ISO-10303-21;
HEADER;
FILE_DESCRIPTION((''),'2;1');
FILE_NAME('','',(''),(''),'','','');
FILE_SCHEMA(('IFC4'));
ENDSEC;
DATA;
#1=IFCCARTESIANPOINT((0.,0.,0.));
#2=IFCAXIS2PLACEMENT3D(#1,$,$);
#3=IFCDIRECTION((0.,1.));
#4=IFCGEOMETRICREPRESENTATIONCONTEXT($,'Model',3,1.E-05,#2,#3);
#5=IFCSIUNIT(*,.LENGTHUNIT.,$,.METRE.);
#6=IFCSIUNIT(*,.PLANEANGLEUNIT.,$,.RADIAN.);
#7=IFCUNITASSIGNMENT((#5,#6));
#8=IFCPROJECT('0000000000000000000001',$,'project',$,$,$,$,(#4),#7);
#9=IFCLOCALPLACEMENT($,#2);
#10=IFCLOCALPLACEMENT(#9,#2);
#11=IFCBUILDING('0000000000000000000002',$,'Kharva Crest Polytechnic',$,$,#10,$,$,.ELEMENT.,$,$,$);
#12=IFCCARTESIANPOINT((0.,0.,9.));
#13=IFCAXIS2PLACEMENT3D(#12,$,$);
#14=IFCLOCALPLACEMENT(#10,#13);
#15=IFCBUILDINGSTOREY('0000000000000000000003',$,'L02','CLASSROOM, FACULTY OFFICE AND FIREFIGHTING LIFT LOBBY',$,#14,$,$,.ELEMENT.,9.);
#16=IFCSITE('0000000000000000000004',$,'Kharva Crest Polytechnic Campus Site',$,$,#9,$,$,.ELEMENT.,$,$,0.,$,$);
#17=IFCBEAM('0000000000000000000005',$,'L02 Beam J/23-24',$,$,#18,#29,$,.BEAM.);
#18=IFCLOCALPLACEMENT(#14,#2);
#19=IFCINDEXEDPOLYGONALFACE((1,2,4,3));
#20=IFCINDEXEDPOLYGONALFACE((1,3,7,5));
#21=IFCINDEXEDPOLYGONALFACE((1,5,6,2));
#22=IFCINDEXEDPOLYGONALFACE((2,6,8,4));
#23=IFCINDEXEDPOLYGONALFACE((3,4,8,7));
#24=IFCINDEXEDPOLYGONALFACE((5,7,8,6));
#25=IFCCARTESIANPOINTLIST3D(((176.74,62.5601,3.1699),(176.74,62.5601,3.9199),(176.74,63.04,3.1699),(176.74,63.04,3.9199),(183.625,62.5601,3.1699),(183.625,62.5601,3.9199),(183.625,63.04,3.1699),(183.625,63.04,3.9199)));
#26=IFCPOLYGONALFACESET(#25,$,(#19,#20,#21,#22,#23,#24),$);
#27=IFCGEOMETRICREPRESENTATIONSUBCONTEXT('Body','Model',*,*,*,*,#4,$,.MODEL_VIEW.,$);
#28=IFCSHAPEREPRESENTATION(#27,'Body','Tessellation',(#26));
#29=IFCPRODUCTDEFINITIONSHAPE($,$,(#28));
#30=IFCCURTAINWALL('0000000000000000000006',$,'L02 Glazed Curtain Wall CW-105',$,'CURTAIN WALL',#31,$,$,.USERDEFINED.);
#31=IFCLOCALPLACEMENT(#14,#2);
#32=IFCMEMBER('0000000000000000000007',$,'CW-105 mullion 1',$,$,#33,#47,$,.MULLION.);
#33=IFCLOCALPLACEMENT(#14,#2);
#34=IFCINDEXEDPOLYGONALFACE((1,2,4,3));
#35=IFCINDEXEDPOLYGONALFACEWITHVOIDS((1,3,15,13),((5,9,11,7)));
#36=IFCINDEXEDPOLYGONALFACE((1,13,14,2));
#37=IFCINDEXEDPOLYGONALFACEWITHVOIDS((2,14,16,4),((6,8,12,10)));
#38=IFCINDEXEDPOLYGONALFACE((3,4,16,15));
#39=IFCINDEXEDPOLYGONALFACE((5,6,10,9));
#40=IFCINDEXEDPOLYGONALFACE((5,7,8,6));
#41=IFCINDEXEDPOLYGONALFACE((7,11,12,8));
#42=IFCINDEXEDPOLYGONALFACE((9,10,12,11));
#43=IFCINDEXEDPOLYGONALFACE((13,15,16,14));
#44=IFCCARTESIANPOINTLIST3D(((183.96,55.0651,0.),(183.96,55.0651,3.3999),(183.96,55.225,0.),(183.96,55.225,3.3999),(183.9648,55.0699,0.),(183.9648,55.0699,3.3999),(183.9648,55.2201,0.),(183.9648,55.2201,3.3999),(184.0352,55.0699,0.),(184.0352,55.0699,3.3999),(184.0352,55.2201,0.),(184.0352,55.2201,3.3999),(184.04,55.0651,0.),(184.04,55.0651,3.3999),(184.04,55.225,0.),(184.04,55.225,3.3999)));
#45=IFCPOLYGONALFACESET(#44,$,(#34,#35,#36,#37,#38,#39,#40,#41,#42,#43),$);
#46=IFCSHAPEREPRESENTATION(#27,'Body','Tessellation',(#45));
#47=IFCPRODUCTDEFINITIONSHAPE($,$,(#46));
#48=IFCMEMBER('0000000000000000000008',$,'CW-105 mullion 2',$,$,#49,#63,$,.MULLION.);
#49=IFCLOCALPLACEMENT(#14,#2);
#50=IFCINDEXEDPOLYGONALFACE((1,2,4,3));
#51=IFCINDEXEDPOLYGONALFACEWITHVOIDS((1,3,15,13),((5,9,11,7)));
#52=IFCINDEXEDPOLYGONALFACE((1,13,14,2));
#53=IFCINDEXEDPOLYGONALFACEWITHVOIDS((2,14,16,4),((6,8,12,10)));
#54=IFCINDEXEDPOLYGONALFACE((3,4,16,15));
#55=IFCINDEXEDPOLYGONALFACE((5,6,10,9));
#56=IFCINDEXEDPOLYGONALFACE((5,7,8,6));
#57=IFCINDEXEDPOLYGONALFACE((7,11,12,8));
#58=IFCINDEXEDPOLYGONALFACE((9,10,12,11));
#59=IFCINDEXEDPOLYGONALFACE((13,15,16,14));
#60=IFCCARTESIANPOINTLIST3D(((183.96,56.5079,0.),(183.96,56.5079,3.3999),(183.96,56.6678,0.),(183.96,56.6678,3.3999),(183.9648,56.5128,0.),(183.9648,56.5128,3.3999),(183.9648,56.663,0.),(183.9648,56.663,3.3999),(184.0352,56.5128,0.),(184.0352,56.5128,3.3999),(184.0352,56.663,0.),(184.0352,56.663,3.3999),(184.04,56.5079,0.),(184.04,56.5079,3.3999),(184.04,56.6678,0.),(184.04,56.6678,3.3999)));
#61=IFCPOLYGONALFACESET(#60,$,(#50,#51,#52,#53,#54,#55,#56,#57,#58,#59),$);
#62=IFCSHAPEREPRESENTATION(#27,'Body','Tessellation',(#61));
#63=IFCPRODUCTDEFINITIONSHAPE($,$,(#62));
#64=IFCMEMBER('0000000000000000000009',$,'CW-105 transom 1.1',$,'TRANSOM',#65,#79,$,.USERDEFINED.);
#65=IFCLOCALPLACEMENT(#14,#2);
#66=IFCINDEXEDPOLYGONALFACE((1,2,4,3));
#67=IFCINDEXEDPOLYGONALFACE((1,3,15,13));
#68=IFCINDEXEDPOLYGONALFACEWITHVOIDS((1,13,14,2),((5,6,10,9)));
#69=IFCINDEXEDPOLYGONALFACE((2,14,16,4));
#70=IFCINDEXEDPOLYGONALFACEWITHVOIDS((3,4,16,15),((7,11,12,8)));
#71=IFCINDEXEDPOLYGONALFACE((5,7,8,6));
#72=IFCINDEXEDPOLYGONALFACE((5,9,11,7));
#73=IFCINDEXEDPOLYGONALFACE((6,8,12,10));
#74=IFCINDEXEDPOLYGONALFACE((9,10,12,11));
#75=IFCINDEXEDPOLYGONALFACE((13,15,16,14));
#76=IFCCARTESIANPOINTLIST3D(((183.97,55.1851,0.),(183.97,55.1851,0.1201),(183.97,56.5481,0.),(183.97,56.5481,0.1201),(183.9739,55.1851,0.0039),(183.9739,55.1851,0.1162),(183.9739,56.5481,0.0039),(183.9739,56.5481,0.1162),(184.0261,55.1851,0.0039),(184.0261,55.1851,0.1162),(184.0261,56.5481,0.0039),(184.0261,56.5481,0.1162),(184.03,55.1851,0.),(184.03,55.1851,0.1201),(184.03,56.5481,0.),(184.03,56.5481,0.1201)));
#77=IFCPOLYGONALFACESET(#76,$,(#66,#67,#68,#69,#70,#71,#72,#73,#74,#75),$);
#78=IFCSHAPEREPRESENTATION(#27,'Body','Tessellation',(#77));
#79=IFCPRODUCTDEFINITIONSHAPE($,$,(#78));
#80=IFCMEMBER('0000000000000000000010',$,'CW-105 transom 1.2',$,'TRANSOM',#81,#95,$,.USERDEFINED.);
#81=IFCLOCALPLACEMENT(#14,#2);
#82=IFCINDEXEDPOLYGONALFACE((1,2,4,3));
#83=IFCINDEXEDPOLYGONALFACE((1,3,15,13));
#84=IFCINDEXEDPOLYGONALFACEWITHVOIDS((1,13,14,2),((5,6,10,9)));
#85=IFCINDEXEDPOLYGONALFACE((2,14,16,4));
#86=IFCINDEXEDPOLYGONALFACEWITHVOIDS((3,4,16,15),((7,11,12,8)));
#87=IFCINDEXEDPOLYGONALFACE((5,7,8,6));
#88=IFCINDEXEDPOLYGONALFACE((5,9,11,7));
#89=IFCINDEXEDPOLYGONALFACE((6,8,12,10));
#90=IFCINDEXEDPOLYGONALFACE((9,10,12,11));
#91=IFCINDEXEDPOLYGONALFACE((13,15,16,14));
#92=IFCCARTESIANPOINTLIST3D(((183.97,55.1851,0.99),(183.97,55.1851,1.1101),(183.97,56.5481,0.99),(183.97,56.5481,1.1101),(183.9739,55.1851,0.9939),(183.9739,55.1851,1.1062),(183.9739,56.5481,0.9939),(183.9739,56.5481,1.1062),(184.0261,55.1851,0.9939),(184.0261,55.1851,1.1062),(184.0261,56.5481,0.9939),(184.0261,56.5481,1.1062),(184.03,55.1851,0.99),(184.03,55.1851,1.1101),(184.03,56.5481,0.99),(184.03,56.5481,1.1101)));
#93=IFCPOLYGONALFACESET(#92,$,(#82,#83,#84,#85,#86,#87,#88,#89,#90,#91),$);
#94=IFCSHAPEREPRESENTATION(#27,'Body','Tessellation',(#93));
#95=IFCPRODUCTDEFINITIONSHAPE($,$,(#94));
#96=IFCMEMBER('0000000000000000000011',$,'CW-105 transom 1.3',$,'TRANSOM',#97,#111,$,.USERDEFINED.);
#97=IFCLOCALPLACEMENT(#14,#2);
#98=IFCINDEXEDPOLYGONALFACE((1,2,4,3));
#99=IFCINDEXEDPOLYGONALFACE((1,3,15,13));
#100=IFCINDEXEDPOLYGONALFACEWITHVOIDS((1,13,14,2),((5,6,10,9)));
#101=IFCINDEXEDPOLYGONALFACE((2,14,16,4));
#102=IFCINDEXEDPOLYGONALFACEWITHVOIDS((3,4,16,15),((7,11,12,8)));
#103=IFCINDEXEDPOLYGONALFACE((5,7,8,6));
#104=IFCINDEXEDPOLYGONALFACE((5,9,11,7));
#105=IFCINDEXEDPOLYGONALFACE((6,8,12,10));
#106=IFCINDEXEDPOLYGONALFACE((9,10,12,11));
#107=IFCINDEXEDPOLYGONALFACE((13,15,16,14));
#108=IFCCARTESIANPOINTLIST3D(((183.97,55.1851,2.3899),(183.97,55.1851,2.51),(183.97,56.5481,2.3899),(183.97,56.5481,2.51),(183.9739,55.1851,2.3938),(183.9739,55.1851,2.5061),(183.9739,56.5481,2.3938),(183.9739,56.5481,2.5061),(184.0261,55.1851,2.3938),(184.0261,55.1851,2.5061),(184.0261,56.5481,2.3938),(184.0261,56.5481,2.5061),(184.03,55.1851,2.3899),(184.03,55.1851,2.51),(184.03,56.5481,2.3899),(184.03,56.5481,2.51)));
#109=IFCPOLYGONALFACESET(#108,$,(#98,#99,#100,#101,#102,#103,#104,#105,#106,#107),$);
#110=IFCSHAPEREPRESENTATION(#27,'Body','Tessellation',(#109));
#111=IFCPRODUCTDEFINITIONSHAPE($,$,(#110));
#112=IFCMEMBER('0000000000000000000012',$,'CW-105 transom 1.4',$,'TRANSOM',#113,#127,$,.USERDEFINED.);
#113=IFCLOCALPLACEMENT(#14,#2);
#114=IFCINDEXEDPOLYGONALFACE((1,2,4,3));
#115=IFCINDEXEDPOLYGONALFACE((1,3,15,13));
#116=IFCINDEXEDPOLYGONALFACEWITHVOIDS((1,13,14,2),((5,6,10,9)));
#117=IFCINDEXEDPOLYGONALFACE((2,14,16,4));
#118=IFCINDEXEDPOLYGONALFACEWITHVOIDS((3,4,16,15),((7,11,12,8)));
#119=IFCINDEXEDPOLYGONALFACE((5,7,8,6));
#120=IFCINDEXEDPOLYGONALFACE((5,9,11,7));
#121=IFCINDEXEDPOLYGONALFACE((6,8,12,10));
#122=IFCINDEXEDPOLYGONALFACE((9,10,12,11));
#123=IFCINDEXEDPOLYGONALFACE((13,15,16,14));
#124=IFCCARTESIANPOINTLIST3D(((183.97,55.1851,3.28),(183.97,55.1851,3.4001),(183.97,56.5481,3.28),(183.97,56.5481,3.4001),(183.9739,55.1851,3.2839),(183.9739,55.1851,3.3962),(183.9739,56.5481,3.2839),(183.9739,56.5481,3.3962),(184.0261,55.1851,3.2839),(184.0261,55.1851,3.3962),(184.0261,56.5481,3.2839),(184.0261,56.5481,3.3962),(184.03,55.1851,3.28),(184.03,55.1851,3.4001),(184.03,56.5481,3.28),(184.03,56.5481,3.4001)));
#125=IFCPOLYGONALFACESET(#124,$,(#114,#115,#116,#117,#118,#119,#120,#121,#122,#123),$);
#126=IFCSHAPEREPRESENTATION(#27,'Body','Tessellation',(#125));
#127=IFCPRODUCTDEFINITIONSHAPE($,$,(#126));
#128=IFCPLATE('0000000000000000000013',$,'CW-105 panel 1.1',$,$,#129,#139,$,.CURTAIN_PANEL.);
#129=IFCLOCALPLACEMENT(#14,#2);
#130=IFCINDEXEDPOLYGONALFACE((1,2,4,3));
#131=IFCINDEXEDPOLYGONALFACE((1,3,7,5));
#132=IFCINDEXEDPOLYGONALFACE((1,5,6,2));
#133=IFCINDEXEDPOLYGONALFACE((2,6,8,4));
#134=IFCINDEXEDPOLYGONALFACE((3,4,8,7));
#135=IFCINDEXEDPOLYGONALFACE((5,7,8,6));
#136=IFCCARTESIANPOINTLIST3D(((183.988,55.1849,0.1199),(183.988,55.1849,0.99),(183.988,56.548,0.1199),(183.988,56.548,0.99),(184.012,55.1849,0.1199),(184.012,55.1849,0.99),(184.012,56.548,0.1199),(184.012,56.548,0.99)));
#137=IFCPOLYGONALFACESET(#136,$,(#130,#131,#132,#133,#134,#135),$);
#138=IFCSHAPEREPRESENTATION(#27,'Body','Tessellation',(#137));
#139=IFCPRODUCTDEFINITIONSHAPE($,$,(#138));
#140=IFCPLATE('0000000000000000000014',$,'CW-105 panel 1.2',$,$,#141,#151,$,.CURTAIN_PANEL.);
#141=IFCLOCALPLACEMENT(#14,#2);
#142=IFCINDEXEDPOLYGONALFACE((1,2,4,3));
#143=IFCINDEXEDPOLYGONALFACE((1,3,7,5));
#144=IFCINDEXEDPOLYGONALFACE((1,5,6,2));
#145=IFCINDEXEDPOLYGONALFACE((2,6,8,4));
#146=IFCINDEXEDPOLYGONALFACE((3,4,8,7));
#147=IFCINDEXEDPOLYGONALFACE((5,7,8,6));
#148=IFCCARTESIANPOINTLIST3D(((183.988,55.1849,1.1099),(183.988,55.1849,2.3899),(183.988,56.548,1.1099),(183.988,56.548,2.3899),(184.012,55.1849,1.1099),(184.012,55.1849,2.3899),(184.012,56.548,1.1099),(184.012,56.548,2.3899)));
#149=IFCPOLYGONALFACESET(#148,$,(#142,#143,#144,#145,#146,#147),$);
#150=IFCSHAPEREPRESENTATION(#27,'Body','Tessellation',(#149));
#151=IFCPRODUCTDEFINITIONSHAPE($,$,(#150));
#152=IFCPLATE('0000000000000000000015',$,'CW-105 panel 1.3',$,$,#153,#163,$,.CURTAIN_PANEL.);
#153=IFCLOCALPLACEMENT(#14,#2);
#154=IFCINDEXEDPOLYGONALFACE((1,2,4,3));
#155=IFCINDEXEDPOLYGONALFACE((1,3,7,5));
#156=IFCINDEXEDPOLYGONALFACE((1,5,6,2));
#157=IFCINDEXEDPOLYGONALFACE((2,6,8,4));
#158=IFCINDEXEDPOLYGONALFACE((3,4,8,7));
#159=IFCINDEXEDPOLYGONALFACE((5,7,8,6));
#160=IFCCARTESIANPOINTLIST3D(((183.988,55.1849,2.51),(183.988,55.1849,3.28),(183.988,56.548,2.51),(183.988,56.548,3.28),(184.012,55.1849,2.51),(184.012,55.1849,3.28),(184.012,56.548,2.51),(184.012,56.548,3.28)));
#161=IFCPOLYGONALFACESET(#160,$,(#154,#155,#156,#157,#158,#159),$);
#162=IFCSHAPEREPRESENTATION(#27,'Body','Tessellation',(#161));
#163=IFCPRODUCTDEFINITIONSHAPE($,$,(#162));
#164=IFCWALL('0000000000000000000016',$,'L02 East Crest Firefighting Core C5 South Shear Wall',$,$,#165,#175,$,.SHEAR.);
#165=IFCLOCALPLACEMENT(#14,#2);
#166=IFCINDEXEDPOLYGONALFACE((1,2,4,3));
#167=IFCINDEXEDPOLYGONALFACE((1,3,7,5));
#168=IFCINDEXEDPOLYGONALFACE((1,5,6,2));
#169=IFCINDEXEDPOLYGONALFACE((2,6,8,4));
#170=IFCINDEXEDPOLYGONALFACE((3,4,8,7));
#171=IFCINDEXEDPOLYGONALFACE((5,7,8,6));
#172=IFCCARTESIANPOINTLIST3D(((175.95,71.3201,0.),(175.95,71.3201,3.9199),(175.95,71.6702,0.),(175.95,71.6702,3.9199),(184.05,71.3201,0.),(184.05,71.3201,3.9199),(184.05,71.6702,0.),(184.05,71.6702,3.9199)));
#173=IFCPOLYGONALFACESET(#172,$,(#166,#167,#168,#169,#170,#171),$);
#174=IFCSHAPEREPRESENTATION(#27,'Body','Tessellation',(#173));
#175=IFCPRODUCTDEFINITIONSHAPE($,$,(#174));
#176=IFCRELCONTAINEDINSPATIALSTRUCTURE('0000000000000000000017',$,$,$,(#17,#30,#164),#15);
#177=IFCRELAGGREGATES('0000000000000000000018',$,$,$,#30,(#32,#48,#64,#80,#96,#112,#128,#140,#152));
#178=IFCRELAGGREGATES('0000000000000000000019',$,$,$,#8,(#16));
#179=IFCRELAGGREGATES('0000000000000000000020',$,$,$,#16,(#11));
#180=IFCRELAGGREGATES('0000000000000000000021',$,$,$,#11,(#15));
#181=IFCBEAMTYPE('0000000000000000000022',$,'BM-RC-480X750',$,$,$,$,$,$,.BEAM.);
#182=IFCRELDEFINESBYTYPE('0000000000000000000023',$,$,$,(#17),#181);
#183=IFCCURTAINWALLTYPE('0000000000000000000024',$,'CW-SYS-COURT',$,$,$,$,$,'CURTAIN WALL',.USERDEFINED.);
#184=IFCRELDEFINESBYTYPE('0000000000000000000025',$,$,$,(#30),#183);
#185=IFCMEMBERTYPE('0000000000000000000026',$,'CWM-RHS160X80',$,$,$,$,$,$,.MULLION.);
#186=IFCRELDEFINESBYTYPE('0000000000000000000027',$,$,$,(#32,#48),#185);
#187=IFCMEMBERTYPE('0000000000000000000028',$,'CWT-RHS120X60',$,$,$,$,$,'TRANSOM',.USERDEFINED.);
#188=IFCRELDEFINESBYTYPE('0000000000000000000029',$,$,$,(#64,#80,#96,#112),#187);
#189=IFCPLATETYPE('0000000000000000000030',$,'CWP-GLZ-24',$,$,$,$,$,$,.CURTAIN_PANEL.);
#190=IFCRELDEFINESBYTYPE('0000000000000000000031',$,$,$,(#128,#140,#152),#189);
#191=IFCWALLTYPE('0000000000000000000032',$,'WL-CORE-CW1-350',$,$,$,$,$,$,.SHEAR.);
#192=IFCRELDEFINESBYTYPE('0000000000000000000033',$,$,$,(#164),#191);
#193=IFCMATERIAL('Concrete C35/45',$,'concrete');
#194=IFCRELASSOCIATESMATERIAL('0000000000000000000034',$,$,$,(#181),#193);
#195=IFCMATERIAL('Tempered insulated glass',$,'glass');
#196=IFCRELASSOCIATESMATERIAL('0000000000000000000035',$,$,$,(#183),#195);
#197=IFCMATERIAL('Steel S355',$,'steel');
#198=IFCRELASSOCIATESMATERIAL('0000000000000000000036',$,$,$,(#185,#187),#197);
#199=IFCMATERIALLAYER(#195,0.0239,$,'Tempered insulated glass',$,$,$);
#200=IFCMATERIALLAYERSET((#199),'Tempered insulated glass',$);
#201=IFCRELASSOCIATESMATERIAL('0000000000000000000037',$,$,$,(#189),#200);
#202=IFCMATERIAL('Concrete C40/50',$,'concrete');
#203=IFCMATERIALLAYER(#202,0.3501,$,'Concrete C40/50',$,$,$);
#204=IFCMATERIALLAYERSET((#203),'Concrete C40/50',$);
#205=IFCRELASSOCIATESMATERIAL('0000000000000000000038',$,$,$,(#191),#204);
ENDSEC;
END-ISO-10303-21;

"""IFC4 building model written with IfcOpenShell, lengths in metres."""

from ifc_helpers import new_model, si_unit, direction, frame, frame_2d, origin, origin_2d, place, context, subcontext, project, spatial, rectangle, hollow_rectangle, extrude, material, layer, layer_set, material_profile, profile_set, type_object, element, aggregate, save


model = new_model("IFC4")

# Units and contexts
model_context = context("Model", 3, precision=1e-05, world=origin(), true_north=direction((0.0, 1.0)))
body_context = subcontext(model_context, "Body", "Model", "MODEL_VIEW")
ifc_project = project(units=[si_unit("LENGTHUNIT", "METRE"), si_unit("PLANEANGLEUNIT", "RADIAN")], contexts=[model_context])

# Site, building, storey
site_placement = place(None, origin())
site = spatial("IfcSite", under=ifc_project, at=site_placement, Name="Kharva Crest Polytechnic Campus Site", CompositionType="ELEMENT", RefElevation=0.0)
building_placement = place(site_placement, origin())
building = spatial("IfcBuilding", under=site, at=building_placement, Name="Kharva Crest Polytechnic", CompositionType="ELEMENT")
storey_placement = place(building_placement, frame((0.0, 0.0, 9.0)))
storey = spatial("IfcBuildingStorey", under=building, at=storey_placement, Name="L02", Description="CLASSROOM, FACULTY OFFICE AND FIREFIGHTING LIFT LOBBY", CompositionType="ELEMENT", Elevation=9.0)

# Shared definitions
ifc_material_1 = material(Name="Concrete C40/50", Category="concrete")
ifc_material_2 = material(Name="Steel S355", Category="steel")

# Beam
ifc_material_3 = material(Name="Concrete C35/45", Category="concrete")
ifc_material_profile_1 = material_profile(ifc_material_3, rectangle(XDim=0.48, YDim=0.75, at=origin_2d()), Name="RECT 480 X 750")
ifc_profile_set_1 = profile_set([ifc_material_profile_1], Name="Concrete C35/45")
beam_type_1 = type_object("IfcBeamType", Name="BM-RC-480X750", PredefinedType="BEAM", material=ifc_profile_set_1)
beam_1_placement = place(storey_placement, frame((176.74, 62.8, 3.5449), z_axis=(1.0, 0.0, 0.0), x_axis=(0.0, 1.0, 0.0)))
element("IfcBeam", 1, at=beam_1_placement, inside=storey, type_object=beam_type_1, Name="L02 Beam J/23-24", PredefinedType="BEAM", context=body_context, shape_type="SweptSolid", body=[
    extrude(rectangle(XDim=0.48, YDim=0.75, at=origin_2d()), origin(), (0.0, 0.0, 1.0), 6.885),
])

# Curtain wall, members, plates
ifc_material_4 = material(Name="Tempered insulated glass", Category="glass")
curtain_wall_type = type_object("IfcCurtainWallType", Name="CW-SYS-COURT", ElementType="CURTAIN WALL", PredefinedType="USERDEFINED", material=ifc_material_4)
curtain_wall_placement = place(storey_placement, origin())
curtain_wall = element("IfcCurtainWall", 2, at=curtain_wall_placement, inside=storey, type_object=curtain_wall_type, Name="L02 Glazed Curtain Wall CW-105", ObjectType="CURTAIN WALL", PredefinedType="USERDEFINED")
ifc_material_profile_2 = material_profile(ifc_material_2, hollow_rectangle(XDim=0.0801, YDim=0.1599, WallThickness=0.0049, at=origin_2d()), Name="RHS 160X80X5.0")
ifc_profile_set_2 = profile_set([ifc_material_profile_2], Name="Steel S355")
member_type_1 = type_object("IfcMemberType", Name="CWM-RHS160X80", PredefinedType="MULLION", material=ifc_profile_set_2)
member_1_placement = place(storey_placement, frame((184.0, 55.145, 0.0), z_axis=(0.0, 0.0, 1.0), x_axis=(-1.0, 0.0, 0.0)))
member_1 = element("IfcMember", 3, at=member_1_placement, type_object=member_type_1, Name="CW-105 mullion 1", PredefinedType="MULLION", context=body_context, shape_type="SweptSolid", body=[
    extrude(hollow_rectangle(XDim=0.0801, YDim=0.1599, WallThickness=0.0049, at=origin_2d()), origin(), (0.0, 0.0, 1.0), 3.3999),
])
member_2_placement = place(storey_placement, frame((184.0, 56.5879, 0.0), z_axis=(0.0, 0.0, 1.0), x_axis=(-1.0, 0.0, 0.0)))
member_2 = element("IfcMember", 4, at=member_2_placement, type_object=member_type_1, Name="CW-105 mullion 2", PredefinedType="MULLION", context=body_context, shape_type="SweptSolid", body=[
    extrude(hollow_rectangle(XDim=0.0801, YDim=0.1599, WallThickness=0.0049, at=origin_2d()), origin(), (0.0, 0.0, 1.0), 3.3999),
])
ifc_material_profile_3 = material_profile(ifc_material_2, hollow_rectangle(XDim=0.0601, YDim=0.1201, WallThickness=0.0039, at=origin_2d()), Name="RHS 120X60X4.0")
ifc_profile_set_3 = profile_set([ifc_material_profile_3], Name="Steel S355")
member_type_2 = type_object("IfcMemberType", Name="CWT-RHS120X60", ElementType="TRANSOM", PredefinedType="USERDEFINED", material=ifc_profile_set_3)
member_3_placement = place(storey_placement, frame((184.0, 55.1851, 0.0601), z_axis=(0.0, 1.0, 0.0), x_axis=(-1.0, 0.0, 0.0)))
member_3 = element("IfcMember", 5, at=member_3_placement, type_object=member_type_2, Name="CW-105 transom 1.1", ObjectType="TRANSOM", PredefinedType="USERDEFINED", context=body_context, shape_type="SweptSolid", body=[
    extrude(hollow_rectangle(XDim=0.0601, YDim=0.1201, WallThickness=0.0039, at=origin_2d()), origin(), (0.0, 0.0, 1.0), 1.363),
])
member_4_placement = place(storey_placement, frame((184.0, 55.1851, 1.05), z_axis=(0.0, 1.0, 0.0), x_axis=(-1.0, 0.0, 0.0)))
member_4 = element("IfcMember", 6, at=member_4_placement, type_object=member_type_2, Name="CW-105 transom 1.2", ObjectType="TRANSOM", PredefinedType="USERDEFINED", context=body_context, shape_type="SweptSolid", body=[
    extrude(hollow_rectangle(XDim=0.0601, YDim=0.1201, WallThickness=0.0039, at=origin_2d()), origin(), (0.0, 0.0, 1.0), 1.363),
])
member_5_placement = place(storey_placement, frame((184.0, 55.1851, 2.45), z_axis=(0.0, 1.0, 0.0), x_axis=(-1.0, 0.0, 0.0)))
member_5 = element("IfcMember", 7, at=member_5_placement, type_object=member_type_2, Name="CW-105 transom 1.3", ObjectType="TRANSOM", PredefinedType="USERDEFINED", context=body_context, shape_type="SweptSolid", body=[
    extrude(hollow_rectangle(XDim=0.0601, YDim=0.1201, WallThickness=0.0039, at=origin_2d()), origin(), (0.0, 0.0, 1.0), 1.363),
])
member_6_placement = place(storey_placement, frame((184.0, 55.1851, 3.3401), z_axis=(0.0, 1.0, 0.0), x_axis=(-1.0, 0.0, 0.0)))
member_6 = element("IfcMember", 8, at=member_6_placement, type_object=member_type_2, Name="CW-105 transom 1.4", ObjectType="TRANSOM", PredefinedType="USERDEFINED", context=body_context, shape_type="SweptSolid", body=[
    extrude(hollow_rectangle(XDim=0.0601, YDim=0.1201, WallThickness=0.0039, at=origin_2d()), origin(), (0.0, 0.0, 1.0), 1.363),
])
ifc_layer_1 = layer(ifc_material_4, 0.0239, Name="Tempered insulated glass")
ifc_layer_set_1 = layer_set([ifc_layer_1], Name="Tempered insulated glass")
plate_type = type_object("IfcPlateType", Name="CWP-GLZ-24", PredefinedType="CURTAIN_PANEL", material=ifc_layer_set_1)
plate_1_placement = place(storey_placement, frame((184.0, 55.8665, 0.1199), z_axis=(0.0, 0.0, 1.0), x_axis=(0.0, 1.0, 0.0)))
plate_1 = element("IfcPlate", 9, at=plate_1_placement, type_object=plate_type, Name="CW-105 panel 1.1", PredefinedType="CURTAIN_PANEL", context=body_context, shape_type="SweptSolid", body=[
    extrude(rectangle(XDim=1.363, YDim=0.0239, at=origin_2d()), origin(), (0.0, 0.0, 1.0), 0.8701),
])
plate_2_placement = place(storey_placement, frame((184.0, 55.8665, 1.1099), z_axis=(0.0, 0.0, 1.0), x_axis=(0.0, 1.0, 0.0)))
plate_2 = element("IfcPlate", 10, at=plate_2_placement, type_object=plate_type, Name="CW-105 panel 1.2", PredefinedType="CURTAIN_PANEL", context=body_context, shape_type="SweptSolid", body=[
    extrude(rectangle(XDim=1.363, YDim=0.0239, at=origin_2d()), origin(), (0.0, 0.0, 1.0), 1.28),
])
plate_3_placement = place(storey_placement, frame((184.0, 55.8665, 2.51), z_axis=(0.0, 0.0, 1.0), x_axis=(0.0, 1.0, 0.0)))
plate_3 = element("IfcPlate", 11, at=plate_3_placement, type_object=plate_type, Name="CW-105 panel 1.3", PredefinedType="CURTAIN_PANEL", context=body_context, shape_type="SweptSolid", body=[
    extrude(rectangle(XDim=1.363, YDim=0.0239, at=origin_2d()), origin(), (0.0, 0.0, 1.0), 0.77),
])
aggregate(curtain_wall, [member_1, member_2, member_3, member_4, member_5, member_6, plate_1, plate_2, plate_3])

# Wall
ifc_layer_2 = layer(ifc_material_1, 0.3501, Name="Concrete C40/50")
ifc_layer_set_2 = layer_set([ifc_layer_2], Name="Concrete C40/50")
wall_type_1 = type_object("IfcWallType", Name="WL-CORE-CW1-350", PredefinedType="SHEAR", material=ifc_layer_set_2)
wall_1_placement = place(storey_placement, frame((175.95, 71.4951, 0.0), z_axis=(0.0, 0.0, 1.0), x_axis=(1.0, 0.0, 0.0)))
element("IfcWall", 12, at=wall_1_placement, inside=storey, type_object=wall_type_1, Name="L02 East Crest Firefighting Core C5 South Shear Wall", PredefinedType="SHEAR", context=body_context, shape_type="SweptSolid", body=[
    extrude(rectangle(XDim=8.1001, YDim=0.3501, at=frame_2d((4.05, 0.0))), origin(), (0.0, 0.0, 1.0), 3.9199),
])

save(model, "model.ifc")
